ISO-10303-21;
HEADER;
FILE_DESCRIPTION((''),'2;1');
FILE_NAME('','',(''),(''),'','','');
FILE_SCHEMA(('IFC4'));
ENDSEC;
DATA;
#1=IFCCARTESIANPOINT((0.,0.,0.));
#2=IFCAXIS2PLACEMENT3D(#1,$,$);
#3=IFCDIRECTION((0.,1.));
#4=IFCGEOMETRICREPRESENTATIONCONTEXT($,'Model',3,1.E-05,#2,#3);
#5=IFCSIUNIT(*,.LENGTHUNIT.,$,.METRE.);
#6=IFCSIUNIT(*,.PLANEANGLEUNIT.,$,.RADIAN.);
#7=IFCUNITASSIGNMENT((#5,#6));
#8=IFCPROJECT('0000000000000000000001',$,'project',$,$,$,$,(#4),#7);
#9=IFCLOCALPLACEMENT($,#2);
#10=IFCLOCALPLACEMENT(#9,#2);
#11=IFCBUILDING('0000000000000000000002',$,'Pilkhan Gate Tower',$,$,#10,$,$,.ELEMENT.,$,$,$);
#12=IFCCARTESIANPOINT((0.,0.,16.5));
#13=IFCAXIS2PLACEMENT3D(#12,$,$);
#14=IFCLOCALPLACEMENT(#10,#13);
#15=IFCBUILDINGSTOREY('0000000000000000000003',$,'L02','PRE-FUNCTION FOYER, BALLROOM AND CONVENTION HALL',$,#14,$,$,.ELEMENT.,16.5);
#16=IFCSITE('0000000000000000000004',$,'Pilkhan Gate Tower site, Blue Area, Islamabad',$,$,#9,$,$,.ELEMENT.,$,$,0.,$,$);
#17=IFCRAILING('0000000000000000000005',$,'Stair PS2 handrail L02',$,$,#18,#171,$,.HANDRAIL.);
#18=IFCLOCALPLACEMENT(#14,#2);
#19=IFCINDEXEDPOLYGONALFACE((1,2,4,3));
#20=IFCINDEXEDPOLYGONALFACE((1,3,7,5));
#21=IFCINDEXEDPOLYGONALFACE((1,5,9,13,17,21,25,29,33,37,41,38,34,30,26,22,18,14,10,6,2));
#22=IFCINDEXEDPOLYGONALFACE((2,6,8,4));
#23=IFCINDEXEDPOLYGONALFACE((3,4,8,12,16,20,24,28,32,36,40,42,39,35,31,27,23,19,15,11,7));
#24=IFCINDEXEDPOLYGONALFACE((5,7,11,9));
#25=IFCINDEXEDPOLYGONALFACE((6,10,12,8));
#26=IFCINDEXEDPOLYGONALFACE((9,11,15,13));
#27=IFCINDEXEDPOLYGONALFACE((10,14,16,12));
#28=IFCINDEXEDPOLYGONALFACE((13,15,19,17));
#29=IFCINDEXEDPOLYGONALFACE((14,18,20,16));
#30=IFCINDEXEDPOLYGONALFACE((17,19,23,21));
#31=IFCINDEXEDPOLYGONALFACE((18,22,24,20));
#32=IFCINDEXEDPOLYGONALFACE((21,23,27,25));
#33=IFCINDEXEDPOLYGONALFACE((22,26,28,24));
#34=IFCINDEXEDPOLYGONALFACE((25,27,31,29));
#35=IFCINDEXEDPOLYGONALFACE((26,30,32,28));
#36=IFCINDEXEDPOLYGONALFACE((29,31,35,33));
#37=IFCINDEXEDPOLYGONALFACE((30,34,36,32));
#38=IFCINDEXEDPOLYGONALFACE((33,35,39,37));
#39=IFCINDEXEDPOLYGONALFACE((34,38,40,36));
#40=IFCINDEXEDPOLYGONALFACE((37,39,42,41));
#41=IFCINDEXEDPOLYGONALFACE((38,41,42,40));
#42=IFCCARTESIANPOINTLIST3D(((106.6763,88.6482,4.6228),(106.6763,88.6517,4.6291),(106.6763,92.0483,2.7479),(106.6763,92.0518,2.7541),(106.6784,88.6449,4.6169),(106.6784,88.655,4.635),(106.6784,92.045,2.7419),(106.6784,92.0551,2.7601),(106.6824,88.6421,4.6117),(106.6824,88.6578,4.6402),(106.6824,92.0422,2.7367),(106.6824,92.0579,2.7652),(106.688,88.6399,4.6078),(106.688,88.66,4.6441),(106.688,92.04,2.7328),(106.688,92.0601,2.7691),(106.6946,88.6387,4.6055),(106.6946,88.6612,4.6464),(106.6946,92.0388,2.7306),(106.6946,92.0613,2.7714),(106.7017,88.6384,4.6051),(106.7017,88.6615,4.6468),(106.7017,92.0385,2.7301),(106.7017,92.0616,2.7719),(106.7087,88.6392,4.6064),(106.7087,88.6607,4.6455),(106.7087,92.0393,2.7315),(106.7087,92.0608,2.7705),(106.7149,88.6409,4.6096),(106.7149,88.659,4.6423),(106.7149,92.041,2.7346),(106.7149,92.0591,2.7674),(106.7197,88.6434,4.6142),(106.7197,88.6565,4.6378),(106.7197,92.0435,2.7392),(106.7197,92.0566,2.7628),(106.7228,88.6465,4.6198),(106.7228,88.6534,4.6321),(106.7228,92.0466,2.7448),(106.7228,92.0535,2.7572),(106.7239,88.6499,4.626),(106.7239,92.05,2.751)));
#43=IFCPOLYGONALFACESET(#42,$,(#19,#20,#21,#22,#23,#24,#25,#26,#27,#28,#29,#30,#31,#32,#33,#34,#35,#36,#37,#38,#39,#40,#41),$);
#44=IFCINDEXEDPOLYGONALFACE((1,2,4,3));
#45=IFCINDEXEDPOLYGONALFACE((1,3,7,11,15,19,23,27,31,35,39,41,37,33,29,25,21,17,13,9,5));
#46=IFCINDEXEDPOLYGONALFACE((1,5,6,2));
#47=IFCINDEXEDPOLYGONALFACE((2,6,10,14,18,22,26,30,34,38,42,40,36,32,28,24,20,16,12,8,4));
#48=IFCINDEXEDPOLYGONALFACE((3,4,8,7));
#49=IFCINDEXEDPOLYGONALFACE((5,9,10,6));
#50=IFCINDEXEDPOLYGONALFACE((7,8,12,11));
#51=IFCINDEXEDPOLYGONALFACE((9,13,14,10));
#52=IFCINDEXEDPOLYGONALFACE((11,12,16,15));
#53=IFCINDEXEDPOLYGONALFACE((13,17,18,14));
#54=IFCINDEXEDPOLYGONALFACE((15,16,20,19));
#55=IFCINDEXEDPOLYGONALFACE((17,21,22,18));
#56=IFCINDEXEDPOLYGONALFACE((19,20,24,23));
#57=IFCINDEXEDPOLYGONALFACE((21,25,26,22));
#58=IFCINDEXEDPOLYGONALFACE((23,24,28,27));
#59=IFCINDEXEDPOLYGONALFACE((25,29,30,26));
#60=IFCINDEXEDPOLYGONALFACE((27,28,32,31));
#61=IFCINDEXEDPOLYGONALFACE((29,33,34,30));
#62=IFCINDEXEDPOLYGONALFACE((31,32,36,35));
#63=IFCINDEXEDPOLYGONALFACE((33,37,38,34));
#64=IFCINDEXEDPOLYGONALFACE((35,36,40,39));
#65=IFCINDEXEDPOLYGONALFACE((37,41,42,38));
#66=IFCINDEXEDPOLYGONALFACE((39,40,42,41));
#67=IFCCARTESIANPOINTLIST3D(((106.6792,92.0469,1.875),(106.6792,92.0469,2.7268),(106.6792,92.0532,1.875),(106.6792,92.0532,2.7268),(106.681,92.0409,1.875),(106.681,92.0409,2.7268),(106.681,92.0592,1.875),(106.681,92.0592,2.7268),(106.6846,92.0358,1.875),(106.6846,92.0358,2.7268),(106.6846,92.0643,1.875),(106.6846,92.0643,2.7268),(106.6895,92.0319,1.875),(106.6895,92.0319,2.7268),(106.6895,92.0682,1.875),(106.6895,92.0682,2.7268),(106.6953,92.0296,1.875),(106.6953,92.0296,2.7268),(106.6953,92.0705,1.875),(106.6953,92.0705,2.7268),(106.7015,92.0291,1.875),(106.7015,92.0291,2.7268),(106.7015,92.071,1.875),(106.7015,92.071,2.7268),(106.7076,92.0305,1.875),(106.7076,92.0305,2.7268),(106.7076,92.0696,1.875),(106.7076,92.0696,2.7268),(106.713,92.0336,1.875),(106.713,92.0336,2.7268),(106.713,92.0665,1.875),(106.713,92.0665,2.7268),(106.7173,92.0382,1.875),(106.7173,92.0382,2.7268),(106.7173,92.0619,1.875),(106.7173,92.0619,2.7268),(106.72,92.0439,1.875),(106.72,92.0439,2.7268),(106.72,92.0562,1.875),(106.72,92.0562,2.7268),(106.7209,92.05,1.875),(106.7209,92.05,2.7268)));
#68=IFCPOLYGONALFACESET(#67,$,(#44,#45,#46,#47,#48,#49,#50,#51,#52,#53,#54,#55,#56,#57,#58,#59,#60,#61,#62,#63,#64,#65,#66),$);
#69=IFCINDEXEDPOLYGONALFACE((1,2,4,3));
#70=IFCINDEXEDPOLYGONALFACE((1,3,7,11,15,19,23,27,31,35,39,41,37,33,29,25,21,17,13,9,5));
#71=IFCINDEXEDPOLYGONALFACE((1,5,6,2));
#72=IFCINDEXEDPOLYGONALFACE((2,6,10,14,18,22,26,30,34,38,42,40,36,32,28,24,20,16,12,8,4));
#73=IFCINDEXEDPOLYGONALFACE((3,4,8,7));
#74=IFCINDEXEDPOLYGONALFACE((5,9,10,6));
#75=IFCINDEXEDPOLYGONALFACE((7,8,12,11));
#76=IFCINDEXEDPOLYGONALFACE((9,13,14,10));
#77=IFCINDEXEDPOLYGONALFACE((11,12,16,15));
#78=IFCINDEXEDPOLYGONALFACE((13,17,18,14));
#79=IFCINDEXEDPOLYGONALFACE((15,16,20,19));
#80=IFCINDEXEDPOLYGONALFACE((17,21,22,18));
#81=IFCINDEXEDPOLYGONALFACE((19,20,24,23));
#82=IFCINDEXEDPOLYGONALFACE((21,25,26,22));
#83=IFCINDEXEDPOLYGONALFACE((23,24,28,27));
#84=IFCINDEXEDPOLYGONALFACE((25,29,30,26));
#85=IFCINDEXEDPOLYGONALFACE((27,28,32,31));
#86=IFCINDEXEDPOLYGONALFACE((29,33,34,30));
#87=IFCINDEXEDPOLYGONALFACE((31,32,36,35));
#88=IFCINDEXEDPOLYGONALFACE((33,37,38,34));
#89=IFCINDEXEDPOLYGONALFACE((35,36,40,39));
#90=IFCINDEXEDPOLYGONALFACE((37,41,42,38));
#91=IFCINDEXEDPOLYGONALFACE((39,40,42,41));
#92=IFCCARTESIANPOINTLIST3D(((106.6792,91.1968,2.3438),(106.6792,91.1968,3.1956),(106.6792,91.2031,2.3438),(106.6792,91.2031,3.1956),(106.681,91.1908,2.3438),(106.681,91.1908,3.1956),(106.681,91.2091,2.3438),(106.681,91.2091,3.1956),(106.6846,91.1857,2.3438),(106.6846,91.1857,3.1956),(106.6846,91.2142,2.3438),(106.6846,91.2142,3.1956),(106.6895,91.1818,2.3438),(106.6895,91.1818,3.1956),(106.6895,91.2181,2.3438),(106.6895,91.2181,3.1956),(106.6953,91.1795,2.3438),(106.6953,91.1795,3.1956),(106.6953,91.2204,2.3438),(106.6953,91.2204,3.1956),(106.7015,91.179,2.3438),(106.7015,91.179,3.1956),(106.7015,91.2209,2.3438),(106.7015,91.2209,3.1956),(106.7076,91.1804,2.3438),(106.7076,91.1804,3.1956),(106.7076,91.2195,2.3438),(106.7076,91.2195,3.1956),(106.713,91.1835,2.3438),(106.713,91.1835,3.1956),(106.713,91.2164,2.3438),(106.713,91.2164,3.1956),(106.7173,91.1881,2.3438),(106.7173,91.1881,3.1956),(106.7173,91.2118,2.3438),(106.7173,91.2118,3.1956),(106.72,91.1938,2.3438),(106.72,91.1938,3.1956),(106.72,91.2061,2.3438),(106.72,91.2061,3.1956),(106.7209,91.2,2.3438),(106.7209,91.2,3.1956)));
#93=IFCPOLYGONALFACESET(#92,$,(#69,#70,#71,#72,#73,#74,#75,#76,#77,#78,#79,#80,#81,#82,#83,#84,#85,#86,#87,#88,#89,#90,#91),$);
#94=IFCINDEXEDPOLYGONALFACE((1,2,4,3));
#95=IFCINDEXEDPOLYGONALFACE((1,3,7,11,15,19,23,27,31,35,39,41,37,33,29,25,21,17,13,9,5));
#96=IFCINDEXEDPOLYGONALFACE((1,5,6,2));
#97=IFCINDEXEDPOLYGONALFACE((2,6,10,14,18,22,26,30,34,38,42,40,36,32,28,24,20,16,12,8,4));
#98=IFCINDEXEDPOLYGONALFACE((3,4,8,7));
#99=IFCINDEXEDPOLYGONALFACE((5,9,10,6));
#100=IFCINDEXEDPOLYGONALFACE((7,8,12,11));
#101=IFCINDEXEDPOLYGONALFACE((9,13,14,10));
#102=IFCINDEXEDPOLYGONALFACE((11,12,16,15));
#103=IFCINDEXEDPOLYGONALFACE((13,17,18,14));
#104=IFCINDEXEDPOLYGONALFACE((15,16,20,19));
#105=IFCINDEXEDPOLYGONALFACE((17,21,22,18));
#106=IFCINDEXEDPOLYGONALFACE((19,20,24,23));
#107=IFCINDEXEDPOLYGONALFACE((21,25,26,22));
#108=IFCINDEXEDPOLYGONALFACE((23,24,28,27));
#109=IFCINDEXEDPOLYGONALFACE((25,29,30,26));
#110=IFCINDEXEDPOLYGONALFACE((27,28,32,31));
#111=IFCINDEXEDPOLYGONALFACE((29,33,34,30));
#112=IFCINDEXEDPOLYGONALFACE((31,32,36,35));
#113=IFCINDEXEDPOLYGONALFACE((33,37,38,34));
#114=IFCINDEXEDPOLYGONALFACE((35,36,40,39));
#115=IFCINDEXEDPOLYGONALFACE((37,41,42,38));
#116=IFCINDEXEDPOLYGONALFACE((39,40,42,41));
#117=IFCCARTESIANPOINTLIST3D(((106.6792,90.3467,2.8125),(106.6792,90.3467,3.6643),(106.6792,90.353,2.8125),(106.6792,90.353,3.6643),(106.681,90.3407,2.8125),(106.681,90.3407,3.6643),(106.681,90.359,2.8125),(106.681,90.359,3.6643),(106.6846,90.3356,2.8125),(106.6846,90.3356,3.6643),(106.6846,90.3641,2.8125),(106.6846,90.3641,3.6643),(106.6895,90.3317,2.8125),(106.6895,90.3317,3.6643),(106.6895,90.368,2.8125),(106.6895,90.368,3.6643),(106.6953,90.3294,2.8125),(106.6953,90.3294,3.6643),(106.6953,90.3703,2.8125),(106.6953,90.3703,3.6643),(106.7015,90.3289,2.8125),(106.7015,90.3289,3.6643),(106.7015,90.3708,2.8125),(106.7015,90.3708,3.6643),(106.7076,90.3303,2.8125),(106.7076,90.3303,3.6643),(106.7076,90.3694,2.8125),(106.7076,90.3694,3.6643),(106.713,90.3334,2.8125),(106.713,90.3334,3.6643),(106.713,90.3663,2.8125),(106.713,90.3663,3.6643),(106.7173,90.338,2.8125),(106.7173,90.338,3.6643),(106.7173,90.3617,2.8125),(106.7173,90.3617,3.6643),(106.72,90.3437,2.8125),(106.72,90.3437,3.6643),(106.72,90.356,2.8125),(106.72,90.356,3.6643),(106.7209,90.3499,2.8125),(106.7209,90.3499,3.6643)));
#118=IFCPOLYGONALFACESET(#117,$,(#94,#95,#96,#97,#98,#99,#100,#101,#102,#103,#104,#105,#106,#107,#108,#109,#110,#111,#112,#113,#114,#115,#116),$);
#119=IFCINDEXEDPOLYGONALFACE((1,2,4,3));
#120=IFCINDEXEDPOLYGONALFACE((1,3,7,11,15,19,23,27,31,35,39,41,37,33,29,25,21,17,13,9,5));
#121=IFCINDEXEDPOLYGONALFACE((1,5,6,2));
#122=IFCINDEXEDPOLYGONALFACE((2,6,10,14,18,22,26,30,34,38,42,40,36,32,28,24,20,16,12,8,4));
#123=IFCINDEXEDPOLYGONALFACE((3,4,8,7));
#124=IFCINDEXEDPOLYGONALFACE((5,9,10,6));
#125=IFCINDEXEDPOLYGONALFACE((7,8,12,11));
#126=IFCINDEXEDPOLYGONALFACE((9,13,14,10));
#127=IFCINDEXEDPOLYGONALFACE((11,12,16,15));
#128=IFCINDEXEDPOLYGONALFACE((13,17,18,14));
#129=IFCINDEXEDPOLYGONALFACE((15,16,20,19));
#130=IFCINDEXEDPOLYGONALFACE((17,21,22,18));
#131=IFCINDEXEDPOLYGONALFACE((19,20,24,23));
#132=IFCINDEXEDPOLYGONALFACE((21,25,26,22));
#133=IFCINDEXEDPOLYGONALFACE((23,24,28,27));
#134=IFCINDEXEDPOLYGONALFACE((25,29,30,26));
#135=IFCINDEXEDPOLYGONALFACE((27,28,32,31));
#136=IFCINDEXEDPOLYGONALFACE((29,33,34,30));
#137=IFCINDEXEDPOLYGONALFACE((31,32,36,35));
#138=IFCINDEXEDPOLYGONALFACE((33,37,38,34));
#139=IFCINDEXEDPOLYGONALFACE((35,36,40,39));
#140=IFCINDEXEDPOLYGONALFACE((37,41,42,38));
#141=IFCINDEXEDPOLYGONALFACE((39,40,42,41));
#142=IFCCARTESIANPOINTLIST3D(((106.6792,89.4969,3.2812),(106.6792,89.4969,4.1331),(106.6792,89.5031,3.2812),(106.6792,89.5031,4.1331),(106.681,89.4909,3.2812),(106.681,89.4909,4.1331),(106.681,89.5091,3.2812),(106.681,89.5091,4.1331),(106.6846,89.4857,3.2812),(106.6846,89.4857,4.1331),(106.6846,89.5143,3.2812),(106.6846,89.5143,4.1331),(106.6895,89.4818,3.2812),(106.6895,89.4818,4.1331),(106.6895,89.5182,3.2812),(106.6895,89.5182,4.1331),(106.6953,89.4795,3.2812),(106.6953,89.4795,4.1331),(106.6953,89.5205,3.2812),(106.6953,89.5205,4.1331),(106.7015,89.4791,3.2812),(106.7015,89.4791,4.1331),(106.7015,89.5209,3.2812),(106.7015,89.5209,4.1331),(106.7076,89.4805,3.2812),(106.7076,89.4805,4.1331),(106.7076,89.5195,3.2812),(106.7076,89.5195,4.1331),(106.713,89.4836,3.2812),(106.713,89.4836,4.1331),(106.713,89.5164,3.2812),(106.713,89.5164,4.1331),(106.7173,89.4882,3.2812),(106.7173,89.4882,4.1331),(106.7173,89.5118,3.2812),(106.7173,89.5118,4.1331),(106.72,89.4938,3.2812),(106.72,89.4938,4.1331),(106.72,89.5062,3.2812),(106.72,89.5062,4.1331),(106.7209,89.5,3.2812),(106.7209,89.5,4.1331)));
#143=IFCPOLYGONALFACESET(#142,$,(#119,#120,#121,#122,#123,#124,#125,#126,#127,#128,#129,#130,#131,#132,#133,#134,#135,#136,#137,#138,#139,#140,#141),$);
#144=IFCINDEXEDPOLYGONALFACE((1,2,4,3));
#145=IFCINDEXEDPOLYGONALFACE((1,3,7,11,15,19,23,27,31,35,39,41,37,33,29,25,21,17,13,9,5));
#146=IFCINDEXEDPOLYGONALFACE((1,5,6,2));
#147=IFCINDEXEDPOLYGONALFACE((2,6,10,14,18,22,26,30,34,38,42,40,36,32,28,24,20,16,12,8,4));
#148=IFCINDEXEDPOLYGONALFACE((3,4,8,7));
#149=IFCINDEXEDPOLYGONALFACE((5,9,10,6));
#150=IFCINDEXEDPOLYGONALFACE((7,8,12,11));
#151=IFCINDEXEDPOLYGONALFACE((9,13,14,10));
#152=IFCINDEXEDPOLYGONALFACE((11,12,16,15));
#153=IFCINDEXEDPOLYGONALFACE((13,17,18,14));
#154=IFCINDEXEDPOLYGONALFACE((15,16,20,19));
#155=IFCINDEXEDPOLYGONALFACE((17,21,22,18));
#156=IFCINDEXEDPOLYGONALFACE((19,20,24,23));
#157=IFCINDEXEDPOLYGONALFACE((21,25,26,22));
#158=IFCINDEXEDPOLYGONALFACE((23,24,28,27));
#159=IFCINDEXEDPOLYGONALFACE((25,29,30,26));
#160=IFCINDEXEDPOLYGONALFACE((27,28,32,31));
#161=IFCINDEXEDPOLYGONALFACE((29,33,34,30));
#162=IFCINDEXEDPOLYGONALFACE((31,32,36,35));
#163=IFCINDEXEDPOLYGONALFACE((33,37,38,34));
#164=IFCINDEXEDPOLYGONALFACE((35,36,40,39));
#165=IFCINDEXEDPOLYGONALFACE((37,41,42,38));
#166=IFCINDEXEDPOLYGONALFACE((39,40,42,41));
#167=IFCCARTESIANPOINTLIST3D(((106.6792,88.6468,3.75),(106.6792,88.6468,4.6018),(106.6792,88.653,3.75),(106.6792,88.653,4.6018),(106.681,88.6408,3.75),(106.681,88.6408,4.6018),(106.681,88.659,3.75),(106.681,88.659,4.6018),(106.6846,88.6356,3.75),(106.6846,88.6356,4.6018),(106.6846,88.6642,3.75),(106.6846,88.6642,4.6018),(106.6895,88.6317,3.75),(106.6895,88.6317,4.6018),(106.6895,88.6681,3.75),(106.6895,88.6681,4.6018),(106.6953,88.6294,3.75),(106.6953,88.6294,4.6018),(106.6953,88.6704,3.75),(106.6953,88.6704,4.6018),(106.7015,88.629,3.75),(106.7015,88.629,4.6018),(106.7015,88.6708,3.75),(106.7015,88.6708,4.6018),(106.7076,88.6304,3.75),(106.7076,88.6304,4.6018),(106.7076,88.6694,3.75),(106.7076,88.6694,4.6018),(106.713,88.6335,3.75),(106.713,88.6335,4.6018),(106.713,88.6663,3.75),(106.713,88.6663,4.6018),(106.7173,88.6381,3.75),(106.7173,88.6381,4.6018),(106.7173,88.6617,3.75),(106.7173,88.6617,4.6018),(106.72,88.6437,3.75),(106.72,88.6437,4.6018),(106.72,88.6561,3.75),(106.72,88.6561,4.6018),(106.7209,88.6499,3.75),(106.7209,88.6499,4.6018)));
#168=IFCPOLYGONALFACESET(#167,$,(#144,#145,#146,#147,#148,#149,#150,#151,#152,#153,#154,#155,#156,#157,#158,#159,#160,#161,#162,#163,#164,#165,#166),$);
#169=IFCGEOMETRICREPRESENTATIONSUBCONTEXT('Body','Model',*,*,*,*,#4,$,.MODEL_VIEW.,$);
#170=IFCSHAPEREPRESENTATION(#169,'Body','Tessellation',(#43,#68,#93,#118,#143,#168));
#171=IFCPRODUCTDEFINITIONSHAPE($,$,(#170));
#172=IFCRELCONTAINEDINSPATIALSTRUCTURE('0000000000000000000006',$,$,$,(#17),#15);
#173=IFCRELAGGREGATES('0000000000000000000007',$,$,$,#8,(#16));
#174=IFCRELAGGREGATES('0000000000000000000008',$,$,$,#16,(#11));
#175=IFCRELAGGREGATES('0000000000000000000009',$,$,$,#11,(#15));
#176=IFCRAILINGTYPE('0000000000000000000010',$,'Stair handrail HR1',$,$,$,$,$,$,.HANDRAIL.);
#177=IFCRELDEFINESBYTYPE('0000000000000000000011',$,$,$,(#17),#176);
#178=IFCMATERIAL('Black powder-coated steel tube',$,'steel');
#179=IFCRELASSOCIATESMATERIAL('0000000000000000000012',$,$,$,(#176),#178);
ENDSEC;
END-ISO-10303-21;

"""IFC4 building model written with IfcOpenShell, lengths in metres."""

from ifc_helpers import new_model, si_unit, direction, frame, origin, origin_2d, place, context, subcontext, project, spatial, circle, extrude, material, type_object, element, save


model = new_model("IFC4")

# Units and contexts
model_context = context("Model", 3, precision=1e-05, world=origin(), true_north=direction((0.0, 1.0)))
body_context = subcontext(model_context, "Body", "Model", "MODEL_VIEW")
ifc_project = project(units=[si_unit("LENGTHUNIT", "METRE"), si_unit("PLANEANGLEUNIT", "RADIAN")], contexts=[model_context])

# Site, building, storey
site_placement = place(None, origin())
site = spatial("IfcSite", under=ifc_project, at=site_placement, Name="Pilkhan Gate Tower site, Blue Area, Islamabad", CompositionType="ELEMENT", RefElevation=0.0)
building_placement = place(site_placement, origin())
building = spatial("IfcBuilding", under=site, at=building_placement, Name="Pilkhan Gate Tower", CompositionType="ELEMENT")
storey_placement = place(building_placement, frame((0.0, 0.0, 16.5)))
storey = spatial("IfcBuildingStorey", under=building, at=storey_placement, Name="L02", Description="PRE-FUNCTION FOYER, BALLROOM AND CONVENTION HALL", CompositionType="ELEMENT", Elevation=16.5)

# Railing
ifc_material_1 = material(Name="Black powder-coated steel tube", Category="steel")
railing_type = type_object("IfcRailingType", Name="Stair handrail HR1", PredefinedType="HANDRAIL", material=ifc_material_1)
for number, where, name in (
    (1, (106.7, 92.05, 1.875), "Stair PS2 handrail L02"),
):
    element("IfcRailing", number, at=place(storey_placement, frame(where)), inside=storey, type_object=railing_type, Name=name, PredefinedType="HANDRAIL", context=body_context, shape_type="SweptSolid", body=[
        extrude(circle(Radius=0.0239, at=origin_2d()), frame((0.0, 0.0, 0.876), z_axis=(0.0, -0.87568, 0.482891), x_axis=(1.0, 0.0, 0.0)), (0.0, 0.0, 1.0), 3.8828),
        extrude(circle(Radius=0.021, at=origin_2d()), origin(), (0.0, 0.0, 1.0), 0.8518),
        extrude(circle(Radius=0.021, at=origin_2d()), frame((0.0, -0.8501, 0.4688)), (0.0, 0.0, 1.0), 0.8518),
        extrude(circle(Radius=0.021, at=origin_2d()), frame((0.0, -1.7002, 0.9375)), (0.0, 0.0, 1.0), 0.8518),
        extrude(circle(Radius=0.021, at=origin_2d()), frame((0.0, -2.55, 1.4062)), (0.0, 0.0, 1.0), 0.8518),
        extrude(circle(Radius=0.021, at=origin_2d()), frame((0.0, -3.4001, 1.875)), (0.0, 0.0, 1.0), 0.8518),
    ])

save(model, "model.ifc")
